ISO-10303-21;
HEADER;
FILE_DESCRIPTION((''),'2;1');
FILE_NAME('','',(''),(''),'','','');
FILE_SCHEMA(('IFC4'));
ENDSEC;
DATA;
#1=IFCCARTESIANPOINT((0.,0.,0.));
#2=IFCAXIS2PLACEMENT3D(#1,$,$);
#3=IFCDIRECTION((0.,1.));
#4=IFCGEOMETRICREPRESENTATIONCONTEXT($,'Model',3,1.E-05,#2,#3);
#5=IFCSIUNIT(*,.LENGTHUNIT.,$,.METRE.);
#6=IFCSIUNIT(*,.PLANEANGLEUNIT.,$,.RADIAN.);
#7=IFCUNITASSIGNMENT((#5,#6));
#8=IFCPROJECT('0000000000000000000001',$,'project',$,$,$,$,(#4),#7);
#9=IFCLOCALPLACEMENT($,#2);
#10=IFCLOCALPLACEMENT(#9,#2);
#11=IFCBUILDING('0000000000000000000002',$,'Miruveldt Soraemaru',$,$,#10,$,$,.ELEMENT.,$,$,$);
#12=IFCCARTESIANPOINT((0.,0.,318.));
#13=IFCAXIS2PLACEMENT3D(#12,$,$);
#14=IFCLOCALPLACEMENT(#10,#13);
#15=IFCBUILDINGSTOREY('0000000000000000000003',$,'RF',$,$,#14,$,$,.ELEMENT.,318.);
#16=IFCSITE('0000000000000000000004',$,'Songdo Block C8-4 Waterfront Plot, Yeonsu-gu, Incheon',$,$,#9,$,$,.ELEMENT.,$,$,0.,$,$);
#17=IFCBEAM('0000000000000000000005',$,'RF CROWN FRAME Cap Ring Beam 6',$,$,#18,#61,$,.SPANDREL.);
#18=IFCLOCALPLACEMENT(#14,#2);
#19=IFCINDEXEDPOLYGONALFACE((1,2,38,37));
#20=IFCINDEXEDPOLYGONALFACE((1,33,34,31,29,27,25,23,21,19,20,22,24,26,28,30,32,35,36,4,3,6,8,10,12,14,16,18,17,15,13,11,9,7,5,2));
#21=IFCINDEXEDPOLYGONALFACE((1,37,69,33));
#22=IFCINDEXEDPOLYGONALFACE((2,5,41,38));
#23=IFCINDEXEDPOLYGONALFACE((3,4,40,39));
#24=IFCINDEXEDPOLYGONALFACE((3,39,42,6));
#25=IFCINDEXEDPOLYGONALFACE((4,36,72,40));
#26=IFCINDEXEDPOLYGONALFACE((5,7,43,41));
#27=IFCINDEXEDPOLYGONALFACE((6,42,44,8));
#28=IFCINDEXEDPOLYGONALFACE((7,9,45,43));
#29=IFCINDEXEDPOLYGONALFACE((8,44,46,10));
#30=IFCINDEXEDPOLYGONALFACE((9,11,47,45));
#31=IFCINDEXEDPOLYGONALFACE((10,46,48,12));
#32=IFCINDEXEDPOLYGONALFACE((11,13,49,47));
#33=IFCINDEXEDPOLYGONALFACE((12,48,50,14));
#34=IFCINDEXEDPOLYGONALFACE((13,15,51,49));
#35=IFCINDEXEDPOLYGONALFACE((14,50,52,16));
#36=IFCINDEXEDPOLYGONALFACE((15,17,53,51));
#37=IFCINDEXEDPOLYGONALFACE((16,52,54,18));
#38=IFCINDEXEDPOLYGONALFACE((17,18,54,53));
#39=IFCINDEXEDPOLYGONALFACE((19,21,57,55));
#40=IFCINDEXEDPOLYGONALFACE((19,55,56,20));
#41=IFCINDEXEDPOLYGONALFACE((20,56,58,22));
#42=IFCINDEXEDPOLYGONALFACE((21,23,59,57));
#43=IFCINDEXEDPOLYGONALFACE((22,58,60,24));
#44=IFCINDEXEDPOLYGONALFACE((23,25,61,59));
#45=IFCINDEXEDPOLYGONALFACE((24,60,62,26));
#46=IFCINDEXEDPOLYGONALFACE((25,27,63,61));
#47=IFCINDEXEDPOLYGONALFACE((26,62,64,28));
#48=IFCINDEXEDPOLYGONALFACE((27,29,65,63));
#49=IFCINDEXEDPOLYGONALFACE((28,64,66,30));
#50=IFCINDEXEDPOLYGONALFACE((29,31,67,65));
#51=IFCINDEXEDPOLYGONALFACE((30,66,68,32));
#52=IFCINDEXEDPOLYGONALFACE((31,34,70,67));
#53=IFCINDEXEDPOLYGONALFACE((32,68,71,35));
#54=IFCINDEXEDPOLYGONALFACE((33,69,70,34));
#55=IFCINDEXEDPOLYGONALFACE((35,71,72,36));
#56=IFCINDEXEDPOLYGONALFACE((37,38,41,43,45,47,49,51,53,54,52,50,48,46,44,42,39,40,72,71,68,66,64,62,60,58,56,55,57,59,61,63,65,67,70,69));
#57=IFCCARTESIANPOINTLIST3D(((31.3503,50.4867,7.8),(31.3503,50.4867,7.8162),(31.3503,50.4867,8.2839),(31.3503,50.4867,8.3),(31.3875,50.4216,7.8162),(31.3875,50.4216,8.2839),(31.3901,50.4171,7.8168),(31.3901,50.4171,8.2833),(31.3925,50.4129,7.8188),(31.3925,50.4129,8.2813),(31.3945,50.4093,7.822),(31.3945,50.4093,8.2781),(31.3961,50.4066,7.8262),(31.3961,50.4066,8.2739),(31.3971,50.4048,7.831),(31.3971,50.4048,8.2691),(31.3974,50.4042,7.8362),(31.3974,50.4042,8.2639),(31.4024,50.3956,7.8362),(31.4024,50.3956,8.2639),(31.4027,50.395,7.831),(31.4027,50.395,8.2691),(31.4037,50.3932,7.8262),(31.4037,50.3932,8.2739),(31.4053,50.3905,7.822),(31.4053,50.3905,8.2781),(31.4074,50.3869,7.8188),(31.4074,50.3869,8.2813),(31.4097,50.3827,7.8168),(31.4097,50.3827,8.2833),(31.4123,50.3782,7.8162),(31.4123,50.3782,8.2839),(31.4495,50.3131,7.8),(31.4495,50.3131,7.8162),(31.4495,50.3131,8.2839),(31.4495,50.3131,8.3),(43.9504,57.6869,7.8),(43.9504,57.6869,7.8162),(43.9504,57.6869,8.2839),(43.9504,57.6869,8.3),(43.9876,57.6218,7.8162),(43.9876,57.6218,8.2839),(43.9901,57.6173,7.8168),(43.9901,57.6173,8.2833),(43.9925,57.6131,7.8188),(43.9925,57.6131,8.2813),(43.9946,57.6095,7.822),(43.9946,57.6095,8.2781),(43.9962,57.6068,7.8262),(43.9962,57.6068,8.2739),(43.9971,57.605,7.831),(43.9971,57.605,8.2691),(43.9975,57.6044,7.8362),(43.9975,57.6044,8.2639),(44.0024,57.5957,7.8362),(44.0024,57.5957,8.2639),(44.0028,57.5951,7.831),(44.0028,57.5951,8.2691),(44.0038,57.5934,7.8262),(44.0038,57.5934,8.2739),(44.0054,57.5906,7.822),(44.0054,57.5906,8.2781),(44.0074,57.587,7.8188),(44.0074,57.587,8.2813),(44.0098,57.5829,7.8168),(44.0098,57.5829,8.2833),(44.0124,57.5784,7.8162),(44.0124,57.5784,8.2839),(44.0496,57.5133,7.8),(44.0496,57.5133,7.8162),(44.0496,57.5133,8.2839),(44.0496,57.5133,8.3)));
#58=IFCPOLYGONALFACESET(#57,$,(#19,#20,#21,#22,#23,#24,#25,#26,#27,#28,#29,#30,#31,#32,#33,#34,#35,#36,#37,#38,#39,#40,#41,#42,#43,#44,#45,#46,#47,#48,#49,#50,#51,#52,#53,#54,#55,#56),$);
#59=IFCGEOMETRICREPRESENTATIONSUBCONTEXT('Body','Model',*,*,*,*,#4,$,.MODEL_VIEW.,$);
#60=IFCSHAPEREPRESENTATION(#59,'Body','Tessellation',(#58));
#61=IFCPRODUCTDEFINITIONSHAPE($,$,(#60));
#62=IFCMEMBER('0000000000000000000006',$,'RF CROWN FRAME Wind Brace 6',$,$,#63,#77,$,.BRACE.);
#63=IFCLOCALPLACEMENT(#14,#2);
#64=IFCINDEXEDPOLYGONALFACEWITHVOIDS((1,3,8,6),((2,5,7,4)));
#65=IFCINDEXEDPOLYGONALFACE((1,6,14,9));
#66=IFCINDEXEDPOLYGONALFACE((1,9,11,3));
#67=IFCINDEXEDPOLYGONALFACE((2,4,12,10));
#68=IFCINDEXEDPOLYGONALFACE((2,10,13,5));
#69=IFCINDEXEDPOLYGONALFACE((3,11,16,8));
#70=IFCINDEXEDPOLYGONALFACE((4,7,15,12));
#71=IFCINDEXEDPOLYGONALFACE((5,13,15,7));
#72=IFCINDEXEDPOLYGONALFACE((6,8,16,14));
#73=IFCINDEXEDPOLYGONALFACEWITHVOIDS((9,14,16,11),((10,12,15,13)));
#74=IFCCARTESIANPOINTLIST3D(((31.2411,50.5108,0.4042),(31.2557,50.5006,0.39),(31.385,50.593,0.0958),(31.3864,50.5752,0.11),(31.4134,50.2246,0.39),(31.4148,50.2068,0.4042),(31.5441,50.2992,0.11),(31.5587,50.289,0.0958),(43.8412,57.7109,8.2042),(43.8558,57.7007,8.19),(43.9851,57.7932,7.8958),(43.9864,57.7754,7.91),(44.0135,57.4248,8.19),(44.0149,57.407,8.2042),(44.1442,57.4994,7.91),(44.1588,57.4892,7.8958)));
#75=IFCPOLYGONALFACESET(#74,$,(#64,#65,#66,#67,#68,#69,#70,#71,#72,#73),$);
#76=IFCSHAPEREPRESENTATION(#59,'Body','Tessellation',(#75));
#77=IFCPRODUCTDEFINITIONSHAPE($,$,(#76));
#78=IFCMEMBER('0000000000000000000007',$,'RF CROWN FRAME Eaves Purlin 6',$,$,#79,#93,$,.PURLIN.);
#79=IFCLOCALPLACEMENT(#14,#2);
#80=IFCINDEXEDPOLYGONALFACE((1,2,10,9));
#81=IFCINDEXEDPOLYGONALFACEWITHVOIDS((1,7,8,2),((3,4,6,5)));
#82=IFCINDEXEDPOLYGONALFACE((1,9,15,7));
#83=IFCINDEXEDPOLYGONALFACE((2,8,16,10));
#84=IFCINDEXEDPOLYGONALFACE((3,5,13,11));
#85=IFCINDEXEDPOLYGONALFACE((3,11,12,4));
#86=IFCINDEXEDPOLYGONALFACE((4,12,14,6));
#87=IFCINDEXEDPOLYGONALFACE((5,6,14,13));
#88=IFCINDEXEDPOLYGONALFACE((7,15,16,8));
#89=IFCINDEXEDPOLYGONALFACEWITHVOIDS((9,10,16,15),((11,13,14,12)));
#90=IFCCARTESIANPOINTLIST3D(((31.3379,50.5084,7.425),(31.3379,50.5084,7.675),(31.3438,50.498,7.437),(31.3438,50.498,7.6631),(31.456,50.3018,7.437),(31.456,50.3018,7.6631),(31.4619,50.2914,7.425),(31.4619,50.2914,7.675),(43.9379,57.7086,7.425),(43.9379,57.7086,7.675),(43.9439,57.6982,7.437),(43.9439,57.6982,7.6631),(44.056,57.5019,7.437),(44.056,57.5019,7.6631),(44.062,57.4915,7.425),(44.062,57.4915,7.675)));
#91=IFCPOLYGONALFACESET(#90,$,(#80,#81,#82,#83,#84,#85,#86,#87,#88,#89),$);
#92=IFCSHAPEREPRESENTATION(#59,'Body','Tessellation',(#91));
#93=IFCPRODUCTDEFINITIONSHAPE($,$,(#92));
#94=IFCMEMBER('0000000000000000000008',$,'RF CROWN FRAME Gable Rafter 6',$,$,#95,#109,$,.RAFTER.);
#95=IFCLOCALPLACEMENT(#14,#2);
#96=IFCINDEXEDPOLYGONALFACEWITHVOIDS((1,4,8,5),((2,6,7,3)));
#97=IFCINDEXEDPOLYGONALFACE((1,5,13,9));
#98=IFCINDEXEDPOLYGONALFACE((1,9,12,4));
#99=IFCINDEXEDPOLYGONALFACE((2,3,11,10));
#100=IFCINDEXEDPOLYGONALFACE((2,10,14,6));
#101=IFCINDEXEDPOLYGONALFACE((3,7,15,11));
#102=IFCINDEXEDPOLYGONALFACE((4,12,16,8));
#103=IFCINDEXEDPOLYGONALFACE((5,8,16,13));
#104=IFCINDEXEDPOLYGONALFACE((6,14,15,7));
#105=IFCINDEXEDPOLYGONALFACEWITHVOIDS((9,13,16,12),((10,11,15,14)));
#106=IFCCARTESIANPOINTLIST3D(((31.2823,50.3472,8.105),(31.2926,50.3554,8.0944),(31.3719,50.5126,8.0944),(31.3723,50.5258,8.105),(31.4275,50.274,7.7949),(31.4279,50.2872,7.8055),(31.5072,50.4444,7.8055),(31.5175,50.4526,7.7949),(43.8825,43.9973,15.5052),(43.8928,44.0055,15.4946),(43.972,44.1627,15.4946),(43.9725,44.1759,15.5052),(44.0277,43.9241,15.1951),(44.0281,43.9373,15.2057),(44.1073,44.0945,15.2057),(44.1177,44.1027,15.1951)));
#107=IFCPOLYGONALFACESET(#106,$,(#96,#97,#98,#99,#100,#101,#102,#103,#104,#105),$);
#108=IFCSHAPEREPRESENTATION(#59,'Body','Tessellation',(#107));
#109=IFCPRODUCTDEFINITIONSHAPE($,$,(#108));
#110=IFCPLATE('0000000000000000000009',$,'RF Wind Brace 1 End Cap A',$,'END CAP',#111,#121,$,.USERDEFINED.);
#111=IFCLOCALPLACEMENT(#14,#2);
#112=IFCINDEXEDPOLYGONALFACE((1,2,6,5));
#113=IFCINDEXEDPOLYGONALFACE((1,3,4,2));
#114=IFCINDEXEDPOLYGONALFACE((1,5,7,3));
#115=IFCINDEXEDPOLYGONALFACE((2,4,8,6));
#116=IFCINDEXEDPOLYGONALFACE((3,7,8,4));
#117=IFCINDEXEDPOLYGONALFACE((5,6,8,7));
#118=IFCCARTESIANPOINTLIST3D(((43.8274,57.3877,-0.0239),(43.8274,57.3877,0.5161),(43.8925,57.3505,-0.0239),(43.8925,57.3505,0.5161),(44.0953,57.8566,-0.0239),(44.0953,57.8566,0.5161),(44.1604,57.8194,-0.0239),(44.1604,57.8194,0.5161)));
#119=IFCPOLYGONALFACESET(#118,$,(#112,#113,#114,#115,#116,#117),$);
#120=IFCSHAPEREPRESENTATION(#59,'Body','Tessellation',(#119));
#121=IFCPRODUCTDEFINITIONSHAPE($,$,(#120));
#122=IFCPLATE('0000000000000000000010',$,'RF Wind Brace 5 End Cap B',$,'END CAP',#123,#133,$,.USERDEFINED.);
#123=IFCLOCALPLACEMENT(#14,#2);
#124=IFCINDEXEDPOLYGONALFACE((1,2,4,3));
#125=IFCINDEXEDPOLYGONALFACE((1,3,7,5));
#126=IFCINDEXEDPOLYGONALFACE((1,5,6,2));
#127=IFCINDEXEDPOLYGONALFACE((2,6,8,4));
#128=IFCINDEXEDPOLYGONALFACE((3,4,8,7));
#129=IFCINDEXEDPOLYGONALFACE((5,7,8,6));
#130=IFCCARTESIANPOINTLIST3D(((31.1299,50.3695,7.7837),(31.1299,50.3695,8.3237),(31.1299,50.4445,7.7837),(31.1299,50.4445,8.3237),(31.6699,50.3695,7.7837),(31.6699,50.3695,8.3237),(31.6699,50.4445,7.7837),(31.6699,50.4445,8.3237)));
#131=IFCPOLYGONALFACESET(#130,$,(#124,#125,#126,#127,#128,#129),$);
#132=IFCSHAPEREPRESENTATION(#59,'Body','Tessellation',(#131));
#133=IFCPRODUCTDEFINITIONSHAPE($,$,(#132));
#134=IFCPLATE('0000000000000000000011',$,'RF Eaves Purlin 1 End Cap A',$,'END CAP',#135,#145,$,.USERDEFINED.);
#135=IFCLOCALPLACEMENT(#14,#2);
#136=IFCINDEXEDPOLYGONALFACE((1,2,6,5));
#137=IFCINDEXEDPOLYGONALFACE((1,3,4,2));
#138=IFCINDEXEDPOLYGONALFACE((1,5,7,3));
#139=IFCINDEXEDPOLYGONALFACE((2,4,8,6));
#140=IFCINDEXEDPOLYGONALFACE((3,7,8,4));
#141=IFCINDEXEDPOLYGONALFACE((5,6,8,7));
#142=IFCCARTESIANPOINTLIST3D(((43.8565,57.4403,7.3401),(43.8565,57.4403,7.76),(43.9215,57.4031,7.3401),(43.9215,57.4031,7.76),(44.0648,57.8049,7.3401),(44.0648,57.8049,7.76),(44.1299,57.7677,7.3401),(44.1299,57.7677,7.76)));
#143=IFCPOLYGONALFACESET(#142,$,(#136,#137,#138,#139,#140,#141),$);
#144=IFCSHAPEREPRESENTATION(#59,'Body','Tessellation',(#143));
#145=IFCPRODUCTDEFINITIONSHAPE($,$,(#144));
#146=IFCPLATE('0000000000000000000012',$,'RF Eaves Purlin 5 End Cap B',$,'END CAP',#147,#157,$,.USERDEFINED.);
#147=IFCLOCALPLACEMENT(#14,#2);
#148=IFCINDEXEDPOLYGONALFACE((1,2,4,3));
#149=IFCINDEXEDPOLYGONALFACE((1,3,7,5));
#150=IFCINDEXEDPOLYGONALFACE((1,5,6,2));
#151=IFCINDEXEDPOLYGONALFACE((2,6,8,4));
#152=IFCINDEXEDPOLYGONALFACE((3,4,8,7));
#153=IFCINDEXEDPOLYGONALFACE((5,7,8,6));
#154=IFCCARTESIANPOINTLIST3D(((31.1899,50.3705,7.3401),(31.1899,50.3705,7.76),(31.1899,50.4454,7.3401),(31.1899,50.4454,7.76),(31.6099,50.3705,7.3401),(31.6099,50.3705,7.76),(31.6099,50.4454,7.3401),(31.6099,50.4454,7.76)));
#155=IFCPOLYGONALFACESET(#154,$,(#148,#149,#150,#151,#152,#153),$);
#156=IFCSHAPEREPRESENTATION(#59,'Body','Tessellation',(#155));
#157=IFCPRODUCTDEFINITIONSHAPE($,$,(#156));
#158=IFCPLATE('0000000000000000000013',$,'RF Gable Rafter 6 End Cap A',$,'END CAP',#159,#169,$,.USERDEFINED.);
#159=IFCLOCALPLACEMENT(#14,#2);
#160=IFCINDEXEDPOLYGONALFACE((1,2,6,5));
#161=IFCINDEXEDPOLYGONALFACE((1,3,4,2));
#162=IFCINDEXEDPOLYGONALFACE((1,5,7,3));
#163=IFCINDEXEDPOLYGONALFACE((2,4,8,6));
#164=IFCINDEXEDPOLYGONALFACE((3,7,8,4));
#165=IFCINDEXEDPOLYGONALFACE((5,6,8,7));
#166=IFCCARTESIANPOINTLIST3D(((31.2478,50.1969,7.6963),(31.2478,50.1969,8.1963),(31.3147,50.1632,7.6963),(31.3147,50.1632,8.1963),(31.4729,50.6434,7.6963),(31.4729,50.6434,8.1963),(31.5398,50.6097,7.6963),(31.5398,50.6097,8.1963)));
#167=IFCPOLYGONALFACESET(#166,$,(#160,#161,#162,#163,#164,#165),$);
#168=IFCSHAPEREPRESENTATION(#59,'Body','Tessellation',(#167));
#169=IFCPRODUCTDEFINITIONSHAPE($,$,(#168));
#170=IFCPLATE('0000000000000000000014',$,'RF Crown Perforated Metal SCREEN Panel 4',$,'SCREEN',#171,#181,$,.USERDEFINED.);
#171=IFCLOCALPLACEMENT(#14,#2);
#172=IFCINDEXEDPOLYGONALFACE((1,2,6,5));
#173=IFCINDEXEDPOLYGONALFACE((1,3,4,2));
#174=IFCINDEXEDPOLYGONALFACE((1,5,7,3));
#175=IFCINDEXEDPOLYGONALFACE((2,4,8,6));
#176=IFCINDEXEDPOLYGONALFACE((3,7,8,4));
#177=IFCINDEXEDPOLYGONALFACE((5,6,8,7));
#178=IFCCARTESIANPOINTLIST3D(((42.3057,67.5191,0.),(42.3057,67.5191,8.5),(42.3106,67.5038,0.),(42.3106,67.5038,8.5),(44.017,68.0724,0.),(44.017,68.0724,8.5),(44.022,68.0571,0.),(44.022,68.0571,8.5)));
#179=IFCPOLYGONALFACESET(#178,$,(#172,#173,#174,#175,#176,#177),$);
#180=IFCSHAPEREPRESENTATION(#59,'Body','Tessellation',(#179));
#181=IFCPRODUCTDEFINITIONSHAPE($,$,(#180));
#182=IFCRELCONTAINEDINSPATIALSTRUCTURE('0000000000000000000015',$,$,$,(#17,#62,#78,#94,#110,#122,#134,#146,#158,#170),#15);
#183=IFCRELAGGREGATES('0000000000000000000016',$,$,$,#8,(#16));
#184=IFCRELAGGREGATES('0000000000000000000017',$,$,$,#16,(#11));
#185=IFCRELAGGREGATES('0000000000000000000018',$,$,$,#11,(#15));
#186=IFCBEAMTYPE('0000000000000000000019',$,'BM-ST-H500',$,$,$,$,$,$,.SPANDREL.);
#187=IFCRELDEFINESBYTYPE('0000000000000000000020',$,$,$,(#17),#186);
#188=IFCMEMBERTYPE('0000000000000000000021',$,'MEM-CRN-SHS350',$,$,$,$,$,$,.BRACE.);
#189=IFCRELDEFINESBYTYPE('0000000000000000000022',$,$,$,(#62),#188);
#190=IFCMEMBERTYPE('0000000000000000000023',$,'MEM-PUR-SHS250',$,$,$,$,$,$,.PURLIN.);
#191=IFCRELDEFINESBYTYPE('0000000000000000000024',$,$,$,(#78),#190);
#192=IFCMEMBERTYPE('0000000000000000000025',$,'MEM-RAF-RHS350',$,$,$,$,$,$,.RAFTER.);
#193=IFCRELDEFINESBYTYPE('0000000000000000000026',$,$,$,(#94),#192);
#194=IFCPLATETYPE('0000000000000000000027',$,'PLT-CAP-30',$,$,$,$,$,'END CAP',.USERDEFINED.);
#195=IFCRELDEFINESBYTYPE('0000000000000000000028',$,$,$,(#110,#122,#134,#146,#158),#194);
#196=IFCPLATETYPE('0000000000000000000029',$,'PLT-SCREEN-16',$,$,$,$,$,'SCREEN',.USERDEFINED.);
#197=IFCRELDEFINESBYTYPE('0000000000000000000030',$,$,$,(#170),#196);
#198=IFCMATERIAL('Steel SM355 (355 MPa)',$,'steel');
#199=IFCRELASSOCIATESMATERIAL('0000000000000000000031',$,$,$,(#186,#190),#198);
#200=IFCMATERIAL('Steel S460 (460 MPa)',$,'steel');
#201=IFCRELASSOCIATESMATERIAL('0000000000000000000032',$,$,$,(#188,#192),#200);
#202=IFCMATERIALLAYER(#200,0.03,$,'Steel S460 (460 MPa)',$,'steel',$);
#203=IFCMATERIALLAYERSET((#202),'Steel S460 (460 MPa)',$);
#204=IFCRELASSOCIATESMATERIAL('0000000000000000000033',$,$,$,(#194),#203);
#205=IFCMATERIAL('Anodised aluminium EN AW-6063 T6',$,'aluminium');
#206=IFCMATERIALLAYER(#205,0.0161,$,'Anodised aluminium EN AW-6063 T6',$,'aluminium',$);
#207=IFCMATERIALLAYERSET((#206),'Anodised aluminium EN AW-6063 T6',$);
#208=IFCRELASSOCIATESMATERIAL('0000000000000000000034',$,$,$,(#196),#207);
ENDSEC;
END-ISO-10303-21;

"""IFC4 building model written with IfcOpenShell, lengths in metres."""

from ifc_helpers import new_model, si_unit, direction, frame, origin, origin_2d, place, context, subcontext, project, spatial, rectangle, hollow_rectangle, i_section, extrude, material, layer, layer_set, material_profile, profile_set, type_object, element, save


model = new_model("IFC4")

# Units and contexts
model_context = context("Model", 3, precision=1e-05, world=origin(), true_north=direction((0.0, 1.0)))
body_context = subcontext(model_context, "Body", "Model", "MODEL_VIEW")
ifc_project = project(units=[si_unit("LENGTHUNIT", "METRE"), si_unit("PLANEANGLEUNIT", "RADIAN")], contexts=[model_context])

# Site, building, storey
site_placement = place(None, origin())
site = spatial("IfcSite", under=ifc_project, at=site_placement, Name="Songdo Block C8-4 Waterfront Plot, Yeonsu-gu, Incheon", CompositionType="ELEMENT", RefElevation=0.0)
building_placement = place(site_placement, origin())
building = spatial("IfcBuilding", under=site, at=building_placement, Name="Miruveldt Soraemaru", CompositionType="ELEMENT")
storey_placement = place(building_placement, frame((0.0, 0.0, 318.0)))
storey = spatial("IfcBuildingStorey", under=building, at=storey_placement, Name="RF", CompositionType="ELEMENT", Elevation=318.0)

# Beam
ifc_material_1 = material(Name="Steel SM355 (355 MPa)", Category="steel")
ifc_material_profile_1 = material_profile(ifc_material_1, i_section(OverallWidth=0.2, OverallDepth=0.5, WebThickness=0.01, FlangeThickness=0.0161, FilletRadius=0.02, at=origin_2d()), Name="Steel SM355 (355 MPa)", Category="steel")
ifc_profile_set_1 = profile_set([ifc_material_profile_1], Name="Steel SM355 (355 MPa)")
beam_type = type_object("IfcBeamType", Name="BM-ST-H500", PredefinedType="SPANDREL", material=ifc_profile_set_1)
beam_placement = place(storey_placement, frame((31.3999, 50.3999, 8.05), z_axis=(0.868239, 0.496146, 0.0), x_axis=(-0.496146, 0.868239, 0.0)))
element("IfcBeam", 1, at=beam_placement, inside=storey, type_object=beam_type, Name="RF CROWN FRAME Cap Ring Beam 6", PredefinedType="SPANDREL", context=body_context, shape_type="SweptSolid", body=[
    extrude(i_section(OverallWidth=0.2, OverallDepth=0.5, WebThickness=0.01, FlangeThickness=0.0161, FilletRadius=0.02, at=origin_2d()), origin(), (0.0, 0.0, 1.0), 14.5122),
])

# Members
ifc_material_2 = material(Name="Steel S460 (460 MPa)", Category="steel")
ifc_material_profile_2 = material_profile(ifc_material_2, hollow_rectangle(XDim=0.3501, YDim=0.3501, WallThickness=0.0161, at=origin_2d()), Name="Steel S460 (460 MPa)", Category="steel")
ifc_profile_set_2 = profile_set([ifc_material_profile_2], Name="Steel S460 (460 MPa)")
member_type_1 = type_object("IfcMemberType", Name="MEM-CRN-SHS350", PredefinedType="BRACE", material=ifc_profile_set_2)
member_1_placement = place(storey_placement, frame((31.3999, 50.3999, 0.25), z_axis=(0.764772, 0.437021, 0.47343), x_axis=(-0.496146, 0.868239, 0.0)))
element("IfcMember", 2, at=member_1_placement, inside=storey, type_object=member_type_1, Name="RF CROWN FRAME Wind Brace 6", PredefinedType="BRACE", context=body_context, shape_type="SweptSolid", body=[
    extrude(hollow_rectangle(XDim=0.3501, YDim=0.3501, WallThickness=0.0161, at=origin_2d()), origin(), (0.0, 0.0, 1.0), 16.4756),
])
ifc_material_profile_3 = material_profile(ifc_material_1, hollow_rectangle(XDim=0.25, YDim=0.25, WallThickness=0.012, at=origin_2d()), Name="Steel SM355 (355 MPa)", Category="steel")
ifc_profile_set_3 = profile_set([ifc_material_profile_3], Name="Steel SM355 (355 MPa)")
member_type_2 = type_object("IfcMemberType", Name="MEM-PUR-SHS250", PredefinedType="PURLIN", material=ifc_profile_set_3)
member_2_placement = place(storey_placement, frame((31.3999, 50.3999, 7.55), z_axis=(0.868239, 0.496146, 0.0), x_axis=(-0.496146, 0.868239, 0.0)))
element("IfcMember", 3, at=member_2_placement, inside=storey, type_object=member_type_2, Name="RF CROWN FRAME Eaves Purlin 6", PredefinedType="PURLIN", context=body_context, shape_type="SweptSolid", body=[
    extrude(hollow_rectangle(XDim=0.25, YDim=0.25, WallThickness=0.012, at=origin_2d()), origin(), (0.0, 0.0, 1.0), 14.5122),
])
ifc_material_profile_4 = material_profile(ifc_material_2, hollow_rectangle(XDim=0.2, YDim=0.3501, WallThickness=0.012, at=origin_2d()), Name="Steel S460 (460 MPa)", Category="steel")
ifc_profile_set_4 = profile_set([ifc_material_profile_4], Name="Steel S460 (460 MPa)")
member_type_3 = type_object("IfcMemberType", Name="MEM-RAF-RHS350", PredefinedType="RAFTER", material=ifc_profile_set_4)
member_3_placement = place(storey_placement, frame((31.3999, 50.3999, 7.95), z_axis=(0.790841, -0.398547, 0.464468), x_axis=(0.450035, 0.893011, 0.0)))
element("IfcMember", 4, at=member_3_placement, inside=storey, type_object=member_type_3, Name="RF CROWN FRAME Gable Rafter 6", PredefinedType="RAFTER", context=body_context, shape_type="SweptSolid", body=[
    extrude(hollow_rectangle(XDim=0.2, YDim=0.3501, WallThickness=0.012, at=origin_2d()), origin(), (0.0, 0.0, 1.0), 15.9326),
])

# Plates
ifc_layer_1 = layer(ifc_material_2, 0.03, Name="Steel S460 (460 MPa)", Category="steel")
ifc_layer_set_1 = layer_set([ifc_layer_1], Name="Steel S460 (460 MPa)")
plate_type_1 = type_object("IfcPlateType", Name="PLT-CAP-30", ElementType="END CAP", PredefinedType="USERDEFINED", material=ifc_layer_set_1)
for number, where, z_axis, x_axis, name in (
    (5, (43.9939, 57.6035, -0.0239), (0.0, 0.0, 1.0), (-0.868285, 0.496065, 0.0), "RF Wind Brace 1 End Cap A"),
    (6, (31.3999, 50.407, 7.7837), (0.0, 0.0, 1.0), (0.0, 1.0, 0.0), "RF Wind Brace 5 End Cap B"),
):
    element("IfcPlate", number, at=place(storey_placement, frame(where, z_axis=z_axis, x_axis=x_axis)), inside=storey, type_object=plate_type_1, Name=name, ObjectType="END CAP", PredefinedType="USERDEFINED", context=body_context, shape_type="SweptSolid", body=[
        extrude(rectangle(XDim=0.075, YDim=0.54, at=origin_2d()), origin(), (0.0, 0.0, 1.0), 0.54),
    ])
for number, where, z_axis, x_axis, name in (
    (7, (43.9932, 57.604, 7.3401), (0.0, 0.0, 1.0), (-0.868285, 0.496065, 0.0), "RF Eaves Purlin 1 End Cap A"),
    (8, (31.3999, 50.408, 7.3401), (0.0, 0.0, 1.0), (0.0, 1.0, 0.0), "RF Eaves Purlin 5 End Cap B"),
):
    element("IfcPlate", number, at=place(storey_placement, frame(where, z_axis=z_axis, x_axis=x_axis)), inside=storey, type_object=plate_type_1, Name=name, ObjectType="END CAP", PredefinedType="USERDEFINED", context=body_context, shape_type="SweptSolid", body=[
        extrude(rectangle(XDim=0.075, YDim=0.4199, at=origin_2d()), origin(), (0.0, 0.0, 1.0), 0.4199),
    ])
plate_1_placement = place(storey_placement, frame((31.3938, 50.4033, 7.6963), z_axis=(0.0, 0.0, 1.0), x_axis=(-0.892979, 0.450098, 0.0)))
element("IfcPlate", 9, at=plate_1_placement, inside=storey, type_object=plate_type_1, Name="RF Gable Rafter 6 End Cap A", ObjectType="END CAP", PredefinedType="USERDEFINED", context=body_context, shape_type="SweptSolid", body=[
    extrude(rectangle(XDim=0.075, YDim=0.5, at=origin_2d()), origin(), (0.0, 0.0, 1.0), 0.5),
])
ifc_material_3 = material(Name="Anodised aluminium EN AW-6063 T6", Category="aluminium")
ifc_layer_2 = layer(ifc_material_3, 0.0161, Name="Anodised aluminium EN AW-6063 T6", Category="aluminium")
ifc_layer_set_2 = layer_set([ifc_layer_2], Name="Anodised aluminium EN AW-6063 T6")
plate_type_2 = type_object("IfcPlateType", Name="PLT-SCREEN-16", ElementType="SCREEN", PredefinedType="USERDEFINED", material=ifc_layer_set_2)
plate_2_placement = place(storey_placement, frame((43.1638, 67.7881, 0.0), z_axis=(0.0, 0.0, 1.0), x_axis=(-0.951503, -0.307639, 0.0)))
element("IfcPlate", 10, at=plate_2_placement, inside=storey, type_object=plate_type_2, Name="RF Crown Perforated Metal SCREEN Panel 4", ObjectType="SCREEN", PredefinedType="USERDEFINED", context=body_context, shape_type="SweptSolid", body=[
    extrude(rectangle(XDim=1.7986, YDim=0.0161, at=origin_2d()), origin(), (0.0, 0.0, 1.0), 8.5),
])

save(model, "model.ifc")
